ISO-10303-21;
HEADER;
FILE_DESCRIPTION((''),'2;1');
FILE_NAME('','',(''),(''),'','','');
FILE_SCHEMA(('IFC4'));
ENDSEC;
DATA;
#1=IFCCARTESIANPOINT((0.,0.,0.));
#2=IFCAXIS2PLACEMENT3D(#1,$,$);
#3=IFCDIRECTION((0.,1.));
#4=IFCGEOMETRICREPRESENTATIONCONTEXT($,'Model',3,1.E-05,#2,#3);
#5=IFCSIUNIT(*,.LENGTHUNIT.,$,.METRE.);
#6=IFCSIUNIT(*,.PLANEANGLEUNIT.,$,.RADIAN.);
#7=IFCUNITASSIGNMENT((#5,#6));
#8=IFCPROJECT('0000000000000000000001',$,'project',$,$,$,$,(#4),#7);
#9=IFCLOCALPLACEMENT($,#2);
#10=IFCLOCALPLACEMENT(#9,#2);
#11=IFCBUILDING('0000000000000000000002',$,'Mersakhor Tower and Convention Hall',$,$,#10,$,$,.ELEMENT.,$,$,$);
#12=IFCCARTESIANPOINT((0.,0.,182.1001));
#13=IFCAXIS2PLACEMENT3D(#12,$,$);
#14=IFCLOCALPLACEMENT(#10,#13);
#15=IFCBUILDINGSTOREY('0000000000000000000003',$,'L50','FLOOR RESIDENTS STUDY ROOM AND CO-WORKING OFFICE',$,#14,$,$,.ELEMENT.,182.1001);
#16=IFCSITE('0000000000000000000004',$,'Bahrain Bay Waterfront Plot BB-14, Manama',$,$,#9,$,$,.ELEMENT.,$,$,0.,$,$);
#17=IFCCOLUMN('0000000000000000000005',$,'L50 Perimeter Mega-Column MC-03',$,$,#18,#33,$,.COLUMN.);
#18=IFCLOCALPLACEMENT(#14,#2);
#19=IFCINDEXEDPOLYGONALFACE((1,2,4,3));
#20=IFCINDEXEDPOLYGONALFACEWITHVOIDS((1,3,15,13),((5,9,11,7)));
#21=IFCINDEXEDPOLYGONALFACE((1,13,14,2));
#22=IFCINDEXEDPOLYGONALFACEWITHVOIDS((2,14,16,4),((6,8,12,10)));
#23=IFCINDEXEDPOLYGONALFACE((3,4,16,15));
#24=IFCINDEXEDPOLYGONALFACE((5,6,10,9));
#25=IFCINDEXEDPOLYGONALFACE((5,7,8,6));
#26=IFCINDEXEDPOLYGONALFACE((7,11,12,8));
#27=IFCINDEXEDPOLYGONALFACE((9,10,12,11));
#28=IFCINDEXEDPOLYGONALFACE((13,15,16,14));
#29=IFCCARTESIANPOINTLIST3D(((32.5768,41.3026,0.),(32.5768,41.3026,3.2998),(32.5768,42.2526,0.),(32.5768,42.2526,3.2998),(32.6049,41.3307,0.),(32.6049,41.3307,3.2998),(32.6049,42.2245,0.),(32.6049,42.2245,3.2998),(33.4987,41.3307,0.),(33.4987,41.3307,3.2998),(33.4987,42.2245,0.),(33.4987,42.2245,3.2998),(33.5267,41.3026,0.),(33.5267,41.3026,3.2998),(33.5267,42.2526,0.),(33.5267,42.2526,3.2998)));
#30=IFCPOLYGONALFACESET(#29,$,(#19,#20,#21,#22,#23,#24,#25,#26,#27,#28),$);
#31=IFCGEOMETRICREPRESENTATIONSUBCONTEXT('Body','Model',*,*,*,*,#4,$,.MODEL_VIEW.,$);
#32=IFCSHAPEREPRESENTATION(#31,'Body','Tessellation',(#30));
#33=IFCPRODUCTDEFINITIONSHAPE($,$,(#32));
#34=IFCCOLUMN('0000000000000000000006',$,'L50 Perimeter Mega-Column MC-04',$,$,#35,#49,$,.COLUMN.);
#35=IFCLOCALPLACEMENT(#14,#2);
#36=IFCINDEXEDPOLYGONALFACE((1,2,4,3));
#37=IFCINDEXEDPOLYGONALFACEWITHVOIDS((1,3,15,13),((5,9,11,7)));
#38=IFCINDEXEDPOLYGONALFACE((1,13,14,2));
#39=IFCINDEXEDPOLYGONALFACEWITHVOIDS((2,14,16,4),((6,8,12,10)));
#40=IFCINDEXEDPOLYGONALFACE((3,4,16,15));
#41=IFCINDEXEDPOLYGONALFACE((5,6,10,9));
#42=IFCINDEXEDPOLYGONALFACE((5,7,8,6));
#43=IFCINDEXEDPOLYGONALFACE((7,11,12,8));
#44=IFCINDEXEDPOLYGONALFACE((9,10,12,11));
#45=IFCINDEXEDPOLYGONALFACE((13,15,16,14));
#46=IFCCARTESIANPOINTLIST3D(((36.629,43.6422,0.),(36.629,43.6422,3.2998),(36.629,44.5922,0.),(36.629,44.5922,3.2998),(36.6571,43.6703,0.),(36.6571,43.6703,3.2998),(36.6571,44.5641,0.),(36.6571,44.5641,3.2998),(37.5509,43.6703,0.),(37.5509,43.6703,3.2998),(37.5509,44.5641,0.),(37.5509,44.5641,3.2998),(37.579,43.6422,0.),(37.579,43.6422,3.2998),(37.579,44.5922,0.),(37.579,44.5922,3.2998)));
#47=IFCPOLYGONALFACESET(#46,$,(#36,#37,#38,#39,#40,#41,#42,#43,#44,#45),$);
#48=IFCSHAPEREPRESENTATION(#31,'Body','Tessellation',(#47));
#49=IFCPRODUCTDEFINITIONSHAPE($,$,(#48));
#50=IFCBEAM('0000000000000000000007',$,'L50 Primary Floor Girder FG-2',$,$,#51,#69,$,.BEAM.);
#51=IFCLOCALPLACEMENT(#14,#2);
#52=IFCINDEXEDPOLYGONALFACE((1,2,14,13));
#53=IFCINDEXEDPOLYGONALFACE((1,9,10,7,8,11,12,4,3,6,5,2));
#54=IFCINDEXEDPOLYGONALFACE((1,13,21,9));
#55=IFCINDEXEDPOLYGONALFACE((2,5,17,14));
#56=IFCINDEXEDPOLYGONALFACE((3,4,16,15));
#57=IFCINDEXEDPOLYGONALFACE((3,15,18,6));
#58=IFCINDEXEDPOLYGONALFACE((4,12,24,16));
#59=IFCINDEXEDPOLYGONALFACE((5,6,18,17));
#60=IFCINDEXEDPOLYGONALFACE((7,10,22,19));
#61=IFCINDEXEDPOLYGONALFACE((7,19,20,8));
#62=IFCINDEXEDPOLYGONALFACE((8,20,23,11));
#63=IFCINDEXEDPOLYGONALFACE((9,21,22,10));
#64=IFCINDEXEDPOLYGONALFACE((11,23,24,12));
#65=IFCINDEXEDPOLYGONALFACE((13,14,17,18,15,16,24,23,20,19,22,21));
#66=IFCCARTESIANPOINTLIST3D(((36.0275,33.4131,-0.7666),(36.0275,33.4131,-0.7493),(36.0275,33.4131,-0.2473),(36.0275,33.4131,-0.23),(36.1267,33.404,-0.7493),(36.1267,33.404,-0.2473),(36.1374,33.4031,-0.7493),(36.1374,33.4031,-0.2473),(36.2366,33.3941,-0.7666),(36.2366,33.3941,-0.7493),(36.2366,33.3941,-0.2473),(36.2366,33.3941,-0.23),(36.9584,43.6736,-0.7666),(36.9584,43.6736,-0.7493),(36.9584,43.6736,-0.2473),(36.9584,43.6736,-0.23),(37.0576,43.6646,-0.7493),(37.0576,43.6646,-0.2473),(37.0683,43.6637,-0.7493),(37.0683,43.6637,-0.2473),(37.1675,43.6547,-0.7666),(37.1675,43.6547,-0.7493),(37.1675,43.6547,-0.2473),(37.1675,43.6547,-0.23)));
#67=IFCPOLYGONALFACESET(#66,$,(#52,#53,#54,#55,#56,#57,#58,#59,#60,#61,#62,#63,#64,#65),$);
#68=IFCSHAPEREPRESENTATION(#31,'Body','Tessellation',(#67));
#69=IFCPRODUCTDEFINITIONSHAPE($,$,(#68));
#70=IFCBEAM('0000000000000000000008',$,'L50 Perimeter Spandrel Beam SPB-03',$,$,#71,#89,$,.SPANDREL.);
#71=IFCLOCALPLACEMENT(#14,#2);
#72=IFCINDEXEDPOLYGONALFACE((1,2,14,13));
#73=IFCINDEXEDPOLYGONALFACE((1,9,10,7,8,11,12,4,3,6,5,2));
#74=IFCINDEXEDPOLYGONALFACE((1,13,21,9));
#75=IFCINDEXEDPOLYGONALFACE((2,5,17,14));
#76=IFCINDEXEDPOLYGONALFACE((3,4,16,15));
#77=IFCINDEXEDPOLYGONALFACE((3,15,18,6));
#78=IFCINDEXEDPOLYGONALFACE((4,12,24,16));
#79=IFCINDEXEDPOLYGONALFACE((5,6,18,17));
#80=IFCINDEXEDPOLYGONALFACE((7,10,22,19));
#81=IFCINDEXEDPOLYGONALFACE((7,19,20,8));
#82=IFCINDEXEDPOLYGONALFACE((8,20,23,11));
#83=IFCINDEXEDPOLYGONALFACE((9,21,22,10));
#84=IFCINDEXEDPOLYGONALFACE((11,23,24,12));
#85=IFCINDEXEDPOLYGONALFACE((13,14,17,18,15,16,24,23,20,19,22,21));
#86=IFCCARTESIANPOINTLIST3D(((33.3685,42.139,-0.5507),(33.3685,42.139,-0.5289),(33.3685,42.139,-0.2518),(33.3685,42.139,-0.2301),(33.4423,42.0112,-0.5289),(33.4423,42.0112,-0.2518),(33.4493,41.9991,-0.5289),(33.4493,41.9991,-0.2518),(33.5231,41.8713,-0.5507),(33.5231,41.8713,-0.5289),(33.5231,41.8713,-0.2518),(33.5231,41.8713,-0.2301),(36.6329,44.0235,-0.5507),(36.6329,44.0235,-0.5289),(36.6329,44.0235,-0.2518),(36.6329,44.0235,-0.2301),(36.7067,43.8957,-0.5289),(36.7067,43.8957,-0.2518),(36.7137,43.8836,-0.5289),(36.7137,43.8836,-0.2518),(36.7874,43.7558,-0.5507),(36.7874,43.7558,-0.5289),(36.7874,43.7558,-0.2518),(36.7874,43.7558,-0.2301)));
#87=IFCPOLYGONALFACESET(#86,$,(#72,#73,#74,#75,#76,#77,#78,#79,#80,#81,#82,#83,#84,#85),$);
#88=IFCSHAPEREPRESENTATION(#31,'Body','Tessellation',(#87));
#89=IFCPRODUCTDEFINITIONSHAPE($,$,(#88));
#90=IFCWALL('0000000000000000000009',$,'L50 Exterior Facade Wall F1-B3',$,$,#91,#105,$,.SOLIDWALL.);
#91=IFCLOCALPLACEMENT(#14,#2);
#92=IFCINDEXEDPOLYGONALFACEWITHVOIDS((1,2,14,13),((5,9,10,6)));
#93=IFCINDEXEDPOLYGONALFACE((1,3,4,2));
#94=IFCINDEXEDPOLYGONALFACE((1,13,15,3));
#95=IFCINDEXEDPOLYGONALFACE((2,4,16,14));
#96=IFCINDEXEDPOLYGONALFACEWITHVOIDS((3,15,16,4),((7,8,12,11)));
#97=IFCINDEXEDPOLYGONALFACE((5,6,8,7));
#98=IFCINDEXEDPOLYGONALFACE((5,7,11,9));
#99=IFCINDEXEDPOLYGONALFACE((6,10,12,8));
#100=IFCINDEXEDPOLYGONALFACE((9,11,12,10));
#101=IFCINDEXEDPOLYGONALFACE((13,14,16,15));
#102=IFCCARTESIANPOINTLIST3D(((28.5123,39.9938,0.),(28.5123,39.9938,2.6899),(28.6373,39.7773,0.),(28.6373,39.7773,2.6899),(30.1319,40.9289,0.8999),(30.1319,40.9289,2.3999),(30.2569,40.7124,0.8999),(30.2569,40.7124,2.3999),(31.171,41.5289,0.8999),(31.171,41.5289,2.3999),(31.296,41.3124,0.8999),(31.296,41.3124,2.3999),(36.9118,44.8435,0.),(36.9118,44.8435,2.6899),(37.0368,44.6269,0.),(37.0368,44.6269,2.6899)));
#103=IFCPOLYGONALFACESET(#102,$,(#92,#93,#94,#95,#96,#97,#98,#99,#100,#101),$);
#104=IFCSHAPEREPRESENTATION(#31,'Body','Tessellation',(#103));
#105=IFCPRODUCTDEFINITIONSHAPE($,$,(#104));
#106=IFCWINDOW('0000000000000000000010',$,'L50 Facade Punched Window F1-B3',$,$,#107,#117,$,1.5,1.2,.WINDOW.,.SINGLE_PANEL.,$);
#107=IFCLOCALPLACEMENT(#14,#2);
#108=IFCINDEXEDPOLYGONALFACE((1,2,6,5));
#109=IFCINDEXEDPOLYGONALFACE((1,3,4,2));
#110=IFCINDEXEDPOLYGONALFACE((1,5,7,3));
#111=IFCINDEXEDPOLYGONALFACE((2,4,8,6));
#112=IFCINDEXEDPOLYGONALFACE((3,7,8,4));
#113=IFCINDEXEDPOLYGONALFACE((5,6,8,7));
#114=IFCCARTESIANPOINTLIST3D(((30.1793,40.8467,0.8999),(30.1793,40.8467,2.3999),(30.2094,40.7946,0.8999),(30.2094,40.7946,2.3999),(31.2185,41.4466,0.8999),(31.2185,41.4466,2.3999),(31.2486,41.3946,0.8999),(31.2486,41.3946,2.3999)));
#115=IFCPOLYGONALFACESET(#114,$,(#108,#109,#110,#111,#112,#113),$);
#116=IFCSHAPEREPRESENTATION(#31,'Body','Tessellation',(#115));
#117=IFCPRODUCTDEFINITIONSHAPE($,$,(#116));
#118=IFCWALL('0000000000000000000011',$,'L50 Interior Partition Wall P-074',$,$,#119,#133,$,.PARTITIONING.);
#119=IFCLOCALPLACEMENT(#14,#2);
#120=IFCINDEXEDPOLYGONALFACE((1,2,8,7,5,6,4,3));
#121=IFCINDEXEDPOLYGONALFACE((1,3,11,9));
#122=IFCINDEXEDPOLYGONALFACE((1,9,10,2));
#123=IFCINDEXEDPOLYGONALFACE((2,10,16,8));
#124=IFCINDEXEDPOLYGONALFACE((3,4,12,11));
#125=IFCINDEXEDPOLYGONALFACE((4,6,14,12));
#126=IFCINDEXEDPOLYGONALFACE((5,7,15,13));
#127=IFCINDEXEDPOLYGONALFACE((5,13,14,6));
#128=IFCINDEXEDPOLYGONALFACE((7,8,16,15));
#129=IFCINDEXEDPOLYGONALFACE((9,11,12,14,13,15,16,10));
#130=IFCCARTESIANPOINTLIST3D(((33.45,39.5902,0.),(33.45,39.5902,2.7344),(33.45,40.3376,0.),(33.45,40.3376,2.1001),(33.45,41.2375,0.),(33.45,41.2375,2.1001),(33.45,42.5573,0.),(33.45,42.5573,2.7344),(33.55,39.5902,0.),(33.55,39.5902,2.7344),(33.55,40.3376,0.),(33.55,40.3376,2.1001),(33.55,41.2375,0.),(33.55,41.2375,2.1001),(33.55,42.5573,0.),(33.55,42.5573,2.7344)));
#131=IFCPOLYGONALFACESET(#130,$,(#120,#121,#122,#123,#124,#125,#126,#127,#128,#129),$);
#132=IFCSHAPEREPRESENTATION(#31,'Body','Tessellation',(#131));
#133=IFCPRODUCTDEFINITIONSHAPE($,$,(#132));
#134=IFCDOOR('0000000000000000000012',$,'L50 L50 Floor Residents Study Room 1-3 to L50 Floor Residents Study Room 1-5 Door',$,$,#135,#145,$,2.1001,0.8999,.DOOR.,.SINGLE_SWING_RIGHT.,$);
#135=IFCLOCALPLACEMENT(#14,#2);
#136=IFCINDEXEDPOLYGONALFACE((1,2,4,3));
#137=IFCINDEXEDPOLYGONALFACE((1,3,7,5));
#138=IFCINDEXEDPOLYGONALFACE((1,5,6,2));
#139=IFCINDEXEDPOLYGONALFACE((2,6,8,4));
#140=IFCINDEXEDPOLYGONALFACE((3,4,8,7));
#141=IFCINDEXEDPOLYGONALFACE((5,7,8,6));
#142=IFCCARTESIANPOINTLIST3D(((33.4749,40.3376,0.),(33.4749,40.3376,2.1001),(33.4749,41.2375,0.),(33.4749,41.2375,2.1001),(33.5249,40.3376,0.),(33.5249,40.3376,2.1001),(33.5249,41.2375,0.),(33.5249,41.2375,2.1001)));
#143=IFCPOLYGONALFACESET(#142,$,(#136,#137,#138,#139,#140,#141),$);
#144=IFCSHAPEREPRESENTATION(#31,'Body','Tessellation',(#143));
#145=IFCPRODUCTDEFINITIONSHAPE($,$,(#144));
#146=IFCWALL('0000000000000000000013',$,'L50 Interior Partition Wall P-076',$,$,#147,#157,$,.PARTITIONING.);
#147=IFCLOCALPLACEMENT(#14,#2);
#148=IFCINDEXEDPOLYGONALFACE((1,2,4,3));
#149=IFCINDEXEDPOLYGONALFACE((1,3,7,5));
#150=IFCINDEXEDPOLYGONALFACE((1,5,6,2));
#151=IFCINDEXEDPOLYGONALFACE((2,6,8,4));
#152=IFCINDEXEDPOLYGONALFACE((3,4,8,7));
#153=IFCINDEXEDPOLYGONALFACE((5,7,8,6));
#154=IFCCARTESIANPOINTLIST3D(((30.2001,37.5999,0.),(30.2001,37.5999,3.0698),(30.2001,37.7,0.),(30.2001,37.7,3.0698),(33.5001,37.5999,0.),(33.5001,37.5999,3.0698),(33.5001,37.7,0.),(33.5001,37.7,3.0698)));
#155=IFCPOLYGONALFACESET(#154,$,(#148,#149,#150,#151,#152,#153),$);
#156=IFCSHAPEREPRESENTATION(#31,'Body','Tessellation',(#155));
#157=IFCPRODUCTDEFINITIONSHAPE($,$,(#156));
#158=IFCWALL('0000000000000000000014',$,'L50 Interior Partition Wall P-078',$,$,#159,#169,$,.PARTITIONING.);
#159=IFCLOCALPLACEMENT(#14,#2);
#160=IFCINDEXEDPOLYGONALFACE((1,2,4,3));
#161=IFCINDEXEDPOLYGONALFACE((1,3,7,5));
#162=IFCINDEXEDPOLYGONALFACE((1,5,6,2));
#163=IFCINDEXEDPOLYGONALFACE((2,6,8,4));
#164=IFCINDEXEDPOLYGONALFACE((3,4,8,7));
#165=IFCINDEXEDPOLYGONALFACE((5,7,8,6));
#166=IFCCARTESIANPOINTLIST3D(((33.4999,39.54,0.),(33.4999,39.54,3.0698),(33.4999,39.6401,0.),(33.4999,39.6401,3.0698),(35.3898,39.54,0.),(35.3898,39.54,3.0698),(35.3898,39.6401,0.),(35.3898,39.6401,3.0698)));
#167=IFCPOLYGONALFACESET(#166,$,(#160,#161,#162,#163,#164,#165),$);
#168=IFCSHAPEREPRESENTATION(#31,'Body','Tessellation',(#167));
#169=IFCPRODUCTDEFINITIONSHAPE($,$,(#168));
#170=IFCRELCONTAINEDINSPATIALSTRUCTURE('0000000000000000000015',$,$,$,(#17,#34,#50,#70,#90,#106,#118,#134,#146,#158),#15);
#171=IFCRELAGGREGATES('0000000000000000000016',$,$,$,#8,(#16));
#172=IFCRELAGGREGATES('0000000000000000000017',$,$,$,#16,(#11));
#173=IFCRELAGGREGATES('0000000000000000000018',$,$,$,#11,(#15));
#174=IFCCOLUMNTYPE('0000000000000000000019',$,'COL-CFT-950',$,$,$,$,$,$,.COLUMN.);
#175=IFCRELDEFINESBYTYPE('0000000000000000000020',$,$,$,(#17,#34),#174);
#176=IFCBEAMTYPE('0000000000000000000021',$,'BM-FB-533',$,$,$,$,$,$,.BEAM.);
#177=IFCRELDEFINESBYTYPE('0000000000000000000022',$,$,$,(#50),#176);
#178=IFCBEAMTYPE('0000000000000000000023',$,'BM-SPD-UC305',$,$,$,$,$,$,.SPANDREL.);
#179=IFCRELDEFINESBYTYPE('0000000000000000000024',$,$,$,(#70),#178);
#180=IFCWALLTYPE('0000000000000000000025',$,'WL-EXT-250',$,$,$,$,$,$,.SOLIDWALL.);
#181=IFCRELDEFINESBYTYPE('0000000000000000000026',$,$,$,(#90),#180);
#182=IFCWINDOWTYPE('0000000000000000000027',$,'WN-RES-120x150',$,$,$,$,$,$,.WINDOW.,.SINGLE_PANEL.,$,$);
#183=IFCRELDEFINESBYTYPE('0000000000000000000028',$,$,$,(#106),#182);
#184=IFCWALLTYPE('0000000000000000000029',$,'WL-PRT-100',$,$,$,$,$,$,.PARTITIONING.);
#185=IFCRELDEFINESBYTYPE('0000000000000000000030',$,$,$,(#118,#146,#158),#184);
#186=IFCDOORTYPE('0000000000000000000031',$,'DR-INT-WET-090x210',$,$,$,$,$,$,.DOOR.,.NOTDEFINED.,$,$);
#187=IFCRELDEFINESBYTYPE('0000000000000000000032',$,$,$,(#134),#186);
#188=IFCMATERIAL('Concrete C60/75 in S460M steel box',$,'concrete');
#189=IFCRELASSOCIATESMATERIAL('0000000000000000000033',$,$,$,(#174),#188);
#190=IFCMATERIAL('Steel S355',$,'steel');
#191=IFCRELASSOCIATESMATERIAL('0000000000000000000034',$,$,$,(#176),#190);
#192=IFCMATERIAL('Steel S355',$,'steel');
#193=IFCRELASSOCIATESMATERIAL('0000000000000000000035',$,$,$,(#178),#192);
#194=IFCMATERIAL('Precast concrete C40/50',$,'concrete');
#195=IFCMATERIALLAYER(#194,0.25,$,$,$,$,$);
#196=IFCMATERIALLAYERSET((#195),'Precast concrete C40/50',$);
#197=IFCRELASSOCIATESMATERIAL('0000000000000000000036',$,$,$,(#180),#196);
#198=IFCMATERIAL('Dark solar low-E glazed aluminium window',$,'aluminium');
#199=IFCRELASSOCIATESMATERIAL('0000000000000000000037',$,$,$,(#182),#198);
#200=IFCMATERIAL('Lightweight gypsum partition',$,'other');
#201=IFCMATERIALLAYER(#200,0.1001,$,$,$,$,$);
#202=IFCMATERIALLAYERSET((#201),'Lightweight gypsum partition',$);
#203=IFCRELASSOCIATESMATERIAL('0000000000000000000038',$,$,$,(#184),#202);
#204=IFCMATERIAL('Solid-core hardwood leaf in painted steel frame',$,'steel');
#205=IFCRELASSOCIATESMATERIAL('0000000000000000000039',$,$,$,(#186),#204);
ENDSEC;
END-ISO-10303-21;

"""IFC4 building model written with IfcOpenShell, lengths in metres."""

from ifc_helpers import new_model, si_unit, direction, frame, frame_2d, origin, origin_2d, place, context, subcontext, project, spatial, rectangle, hollow_rectangle, i_section, extrude, material, layer, layer_set, material_profile, profile_set, type_object, element, fill, save


model = new_model("IFC4")

# Units and contexts
model_context = context("Model", 3, precision=1e-05, world=origin(), true_north=direction((0.0, 1.0)))
body_context = subcontext(model_context, "Body", "Model", "MODEL_VIEW")
ifc_project = project(units=[si_unit("LENGTHUNIT", "METRE"), si_unit("PLANEANGLEUNIT", "RADIAN")], contexts=[model_context])

# Site, building, storey
site_placement = place(None, origin())
site = spatial("IfcSite", under=ifc_project, at=site_placement, Name="Bahrain Bay Waterfront Plot BB-14, Manama", CompositionType="ELEMENT", RefElevation=0.0)
building_placement = place(site_placement, origin())
building = spatial("IfcBuilding", under=site, at=building_placement, Name="Mersakhor Tower and Convention Hall", CompositionType="ELEMENT")
storey_placement = place(building_placement, frame((0.0, 0.0, 182.1001)))
storey = spatial("IfcBuildingStorey", under=building, at=storey_placement, Name="L50", Description="FLOOR RESIDENTS STUDY ROOM AND CO-WORKING OFFICE", CompositionType="ELEMENT", Elevation=182.1001)

# Columns
ifc_material_1 = material(Name="Concrete C60/75 in S460M steel box", Category="concrete")
ifc_material_profile_1 = material_profile(ifc_material_1, hollow_rectangle(XDim=0.95, YDim=0.95, WallThickness=0.0281, at=origin_2d()), Name="SHS 950x950x28")
ifc_profile_set_1 = profile_set([ifc_material_profile_1], Name="Concrete C60/75 in S460M steel box")
column_type = type_object("IfcColumnType", Name="COL-CFT-950", PredefinedType="COLUMN", material=ifc_profile_set_1)
for number, where, z_axis, x_axis, name in (
    (1, (33.0518, 41.7776, 0.0), (0.0, 0.0, 1.0), (1.0, 0.0, 0.0), "L50 Perimeter Mega-Column MC-03"),
    (2, (37.104, 44.1172, 0.0), (0.0, 0.0, 1.0), (1.0, 0.0, 0.0), "L50 Perimeter Mega-Column MC-04"),
):
    element("IfcColumn", number, at=place(storey_placement, frame(where, z_axis=z_axis, x_axis=x_axis)), inside=storey, type_object=column_type, Name=name, PredefinedType="COLUMN", context=body_context, shape_type="SweptSolid", body=[
        extrude(hollow_rectangle(XDim=0.95, YDim=0.95, WallThickness=0.0281, at=origin_2d()), origin(), (0.0, 0.0, 1.0), 3.2998),
    ])

# Beams
ifc_material_2 = material(Name="Steel S355", Category="steel")
ifc_material_profile_2 = material_profile(ifc_material_2, i_section(OverallWidth=0.21, OverallDepth=0.5366, WebThickness=0.0107, FlangeThickness=0.0173, at=origin_2d()), Name="UB 533x210x101")
ifc_profile_set_2 = profile_set([ifc_material_profile_2], Name="Steel S355")
beam_type_1 = type_object("IfcBeamType", Name="BM-FB-533", PredefinedType="BEAM", material=ifc_profile_set_2)
beam_1_placement = place(storey_placement, frame((36.1321, 33.4036, -0.4983), z_axis=(0.090356, 0.99591, 0.0), x_axis=(-0.99591, 0.090356, 0.0)))
element("IfcBeam", 3, at=beam_1_placement, inside=storey, type_object=beam_type_1, Name="L50 Primary Floor Girder FG-2", PredefinedType="BEAM", context=body_context, shape_type="SweptSolid", body=[
    extrude(i_section(OverallWidth=0.21, OverallDepth=0.5366, WebThickness=0.0107, FlangeThickness=0.0173, at=origin_2d()), origin(), (0.0, 0.0, 1.0), 10.3027),
])
ifc_material_3 = material(Name="Steel S355", Category="steel")
ifc_material_profile_3 = material_profile(ifc_material_3, i_section(OverallWidth=0.3091, OverallDepth=0.3206, WebThickness=0.0139, FlangeThickness=0.0217, at=origin_2d()), Name="UC 305x305x137")
ifc_profile_set_3 = profile_set([ifc_material_profile_3], Name="Steel S355")
beam_type_2 = type_object("IfcBeamType", Name="BM-SPD-UC305", PredefinedType="SPANDREL", material=ifc_profile_set_3)
beam_2_placement = place(storey_placement, frame((33.4458, 42.0051, -0.3904), z_axis=(0.866046, 0.499964, 0.0), x_axis=(-0.499964, 0.866046, 0.0)))
element("IfcBeam", 4, at=beam_2_placement, inside=storey, type_object=beam_type_2, Name="L50 Perimeter Spandrel Beam SPB-03", PredefinedType="SPANDREL", context=body_context, shape_type="SweptSolid", body=[
    extrude(i_section(OverallWidth=0.3091, OverallDepth=0.3206, WebThickness=0.0139, FlangeThickness=0.0217, at=origin_2d()), origin(), (0.0, 0.0, 1.0), 3.7693),
])

# Wall, opening, window
ifc_material_4 = material(Name="Precast concrete C40/50", Category="concrete")
ifc_layer_1 = layer(ifc_material_4, 0.25)
ifc_layer_set_1 = layer_set([ifc_layer_1], Name="Precast concrete C40/50")
wall_type_1 = type_object("IfcWallType", Name="WL-EXT-250", PredefinedType="SOLIDWALL", material=ifc_layer_set_1)
wall_1_placement = place(storey_placement, frame((28.5747, 39.8855, 0.0), z_axis=(0.0, 0.0, 1.0), x_axis=(0.866016, 0.500016, 0.0)))
wall_1 = element("IfcWall", 5, at=wall_1_placement, inside=storey, type_object=wall_type_1, Name="L50 Exterior Facade Wall F1-B3", PredefinedType="SOLIDWALL", context=body_context, shape_type="SweptSolid", body=[
    extrude(rectangle(XDim=9.699, YDim=0.25, at=frame_2d((4.8496, 0.0))), origin(), (0.0, 0.0, 1.0), 2.6899),
])
opening_1_placement = place(wall_1_placement, frame((1.8701, 0.0, 0.8999)))
opening_1 = element("IfcOpeningElement", 6, at=opening_1_placement, cuts=wall_1, PredefinedType="OPENING", context=body_context, shape_type="SweptSolid", body=[
    extrude(rectangle(XDim=1.2, YDim=1.5, at=frame_2d((0.6001, 0.75))), frame((0.0, 0.135, 0.0), z_axis=(0.0, -1.0, 0.0), x_axis=(1.0, 0.0, 0.0)), (0.0, 0.0, 1.0), 0.27),
])
ifc_material_5 = material(Name="Dark solar low-E glazed aluminium window", Category="aluminium")
window_type = type_object("IfcWindowType", Name="WN-RES-120x150", PartitioningType="SINGLE_PANEL", PredefinedType="WINDOW", material=ifc_material_5)
window_placement = place(opening_1_placement, origin())
window = element("IfcWindow", 7, at=window_placement, inside=storey, type_object=window_type, Name="L50 Facade Punched Window F1-B3", OverallHeight=1.5, OverallWidth=1.2, PartitioningType="SINGLE_PANEL", PredefinedType="WINDOW", context=body_context, shape_type="SweptSolid", body=[
    extrude(rectangle(XDim=1.2, YDim=1.5, at=frame_2d((0.6001, 0.75))), frame((0.0, 0.03, 0.0), z_axis=(0.0, -1.0, 0.0), x_axis=(1.0, 0.0, 0.0)), (0.0, 0.0, 1.0), 0.0601),
])
fill(opening_1, window)

# Wall, opening, door
ifc_material_6 = material(Name="Lightweight gypsum partition", Category="other")
ifc_layer_2 = layer(ifc_material_6, 0.1001)
ifc_layer_set_2 = layer_set([ifc_layer_2], Name="Lightweight gypsum partition")
wall_type_2 = type_object("IfcWallType", Name="WL-PRT-100", PredefinedType="PARTITIONING", material=ifc_layer_set_2)
wall_2_placement = place(storey_placement, frame((33.5, 42.5571, 0.0), z_axis=(0.0, 0.0, 1.0), x_axis=(0.0, -1.0, 0.0)))
wall_2 = element("IfcWall", 8, at=wall_2_placement, inside=storey, type_object=wall_type_2, Name="L50 Interior Partition Wall P-074", PredefinedType="PARTITIONING", context=body_context, shape_type="SweptSolid", body=[
    extrude(rectangle(XDim=2.967, YDim=0.1001, at=frame_2d((1.4834, 0.0))), origin(), (0.0, 0.0, 1.0), 2.7344),
])
opening_2_placement = place(wall_2_placement, frame((1.3196, 0.0, 0.0)))
opening_2 = element("IfcOpeningElement", 9, at=opening_2_placement, cuts=wall_2, PredefinedType="OPENING", context=body_context, shape_type="SweptSolid", body=[
    extrude(rectangle(XDim=0.8999, YDim=2.1001, at=frame_2d((0.45, 1.05))), frame((0.0, 0.0601, 0.0), z_axis=(0.0, -1.0, 0.0), x_axis=(1.0, 0.0, 0.0)), (0.0, 0.0, 1.0), 0.1201),
])
ifc_material_7 = material(Name="Solid-core hardwood leaf in painted steel frame", Category="steel")
door_type_1 = type_object("IfcDoorType", Name="DR-INT-WET-090x210", OperationType="NOTDEFINED", PredefinedType="DOOR", material=ifc_material_7)
door_1_placement = place(opening_2_placement, origin())
door_1 = element("IfcDoor", 10, at=door_1_placement, inside=storey, type_object=door_type_1, Name="L50 L50 Floor Residents Study Room 1-3 to L50 Floor Residents Study Room 1-5 Door", OperationType="SINGLE_SWING_RIGHT", OverallHeight=2.1001, OverallWidth=0.8999, PredefinedType="DOOR", context=body_context, shape_type="SweptSolid", body=[
    extrude(rectangle(XDim=0.8999, YDim=2.1001, at=frame_2d((0.45, 1.05))), frame((0.0, 0.0249, 0.0), z_axis=(0.0, -1.0, 0.0), x_axis=(1.0, 0.0, 0.0)), (0.0, 0.0, 1.0), 0.05),
])
fill(opening_2, door_1)

# Walls
wall_3_placement = place(storey_placement, frame((33.5, 37.6499, 0.0), z_axis=(0.0, 0.0, 1.0), x_axis=(-1.0, 0.0, 0.0)))
element("IfcWall", 11, at=wall_3_placement, inside=storey, type_object=wall_type_2, Name="L50 Interior Partition Wall P-076", PredefinedType="PARTITIONING", context=body_context, shape_type="SweptSolid", body=[
    extrude(rectangle(XDim=3.3, YDim=0.1001, at=frame_2d((1.6499, 0.0))), origin(), (0.0, 0.0, 1.0), 3.0698),
])
wall_4_placement = place(storey_placement, frame((33.5, 39.5901, 0.0), z_axis=(0.0, 0.0, 1.0), x_axis=(1.0, 0.0, 0.0)))
element("IfcWall", 12, at=wall_4_placement, inside=storey, type_object=wall_type_2, Name="L50 Interior Partition Wall P-078", PredefinedType="PARTITIONING", context=body_context, shape_type="SweptSolid", body=[
    extrude(rectangle(XDim=1.8899, YDim=0.1001, at=frame_2d((0.9448, 0.0))), origin(), (0.0, 0.0, 1.0), 3.0698),
])

save(model, "model.ifc")
